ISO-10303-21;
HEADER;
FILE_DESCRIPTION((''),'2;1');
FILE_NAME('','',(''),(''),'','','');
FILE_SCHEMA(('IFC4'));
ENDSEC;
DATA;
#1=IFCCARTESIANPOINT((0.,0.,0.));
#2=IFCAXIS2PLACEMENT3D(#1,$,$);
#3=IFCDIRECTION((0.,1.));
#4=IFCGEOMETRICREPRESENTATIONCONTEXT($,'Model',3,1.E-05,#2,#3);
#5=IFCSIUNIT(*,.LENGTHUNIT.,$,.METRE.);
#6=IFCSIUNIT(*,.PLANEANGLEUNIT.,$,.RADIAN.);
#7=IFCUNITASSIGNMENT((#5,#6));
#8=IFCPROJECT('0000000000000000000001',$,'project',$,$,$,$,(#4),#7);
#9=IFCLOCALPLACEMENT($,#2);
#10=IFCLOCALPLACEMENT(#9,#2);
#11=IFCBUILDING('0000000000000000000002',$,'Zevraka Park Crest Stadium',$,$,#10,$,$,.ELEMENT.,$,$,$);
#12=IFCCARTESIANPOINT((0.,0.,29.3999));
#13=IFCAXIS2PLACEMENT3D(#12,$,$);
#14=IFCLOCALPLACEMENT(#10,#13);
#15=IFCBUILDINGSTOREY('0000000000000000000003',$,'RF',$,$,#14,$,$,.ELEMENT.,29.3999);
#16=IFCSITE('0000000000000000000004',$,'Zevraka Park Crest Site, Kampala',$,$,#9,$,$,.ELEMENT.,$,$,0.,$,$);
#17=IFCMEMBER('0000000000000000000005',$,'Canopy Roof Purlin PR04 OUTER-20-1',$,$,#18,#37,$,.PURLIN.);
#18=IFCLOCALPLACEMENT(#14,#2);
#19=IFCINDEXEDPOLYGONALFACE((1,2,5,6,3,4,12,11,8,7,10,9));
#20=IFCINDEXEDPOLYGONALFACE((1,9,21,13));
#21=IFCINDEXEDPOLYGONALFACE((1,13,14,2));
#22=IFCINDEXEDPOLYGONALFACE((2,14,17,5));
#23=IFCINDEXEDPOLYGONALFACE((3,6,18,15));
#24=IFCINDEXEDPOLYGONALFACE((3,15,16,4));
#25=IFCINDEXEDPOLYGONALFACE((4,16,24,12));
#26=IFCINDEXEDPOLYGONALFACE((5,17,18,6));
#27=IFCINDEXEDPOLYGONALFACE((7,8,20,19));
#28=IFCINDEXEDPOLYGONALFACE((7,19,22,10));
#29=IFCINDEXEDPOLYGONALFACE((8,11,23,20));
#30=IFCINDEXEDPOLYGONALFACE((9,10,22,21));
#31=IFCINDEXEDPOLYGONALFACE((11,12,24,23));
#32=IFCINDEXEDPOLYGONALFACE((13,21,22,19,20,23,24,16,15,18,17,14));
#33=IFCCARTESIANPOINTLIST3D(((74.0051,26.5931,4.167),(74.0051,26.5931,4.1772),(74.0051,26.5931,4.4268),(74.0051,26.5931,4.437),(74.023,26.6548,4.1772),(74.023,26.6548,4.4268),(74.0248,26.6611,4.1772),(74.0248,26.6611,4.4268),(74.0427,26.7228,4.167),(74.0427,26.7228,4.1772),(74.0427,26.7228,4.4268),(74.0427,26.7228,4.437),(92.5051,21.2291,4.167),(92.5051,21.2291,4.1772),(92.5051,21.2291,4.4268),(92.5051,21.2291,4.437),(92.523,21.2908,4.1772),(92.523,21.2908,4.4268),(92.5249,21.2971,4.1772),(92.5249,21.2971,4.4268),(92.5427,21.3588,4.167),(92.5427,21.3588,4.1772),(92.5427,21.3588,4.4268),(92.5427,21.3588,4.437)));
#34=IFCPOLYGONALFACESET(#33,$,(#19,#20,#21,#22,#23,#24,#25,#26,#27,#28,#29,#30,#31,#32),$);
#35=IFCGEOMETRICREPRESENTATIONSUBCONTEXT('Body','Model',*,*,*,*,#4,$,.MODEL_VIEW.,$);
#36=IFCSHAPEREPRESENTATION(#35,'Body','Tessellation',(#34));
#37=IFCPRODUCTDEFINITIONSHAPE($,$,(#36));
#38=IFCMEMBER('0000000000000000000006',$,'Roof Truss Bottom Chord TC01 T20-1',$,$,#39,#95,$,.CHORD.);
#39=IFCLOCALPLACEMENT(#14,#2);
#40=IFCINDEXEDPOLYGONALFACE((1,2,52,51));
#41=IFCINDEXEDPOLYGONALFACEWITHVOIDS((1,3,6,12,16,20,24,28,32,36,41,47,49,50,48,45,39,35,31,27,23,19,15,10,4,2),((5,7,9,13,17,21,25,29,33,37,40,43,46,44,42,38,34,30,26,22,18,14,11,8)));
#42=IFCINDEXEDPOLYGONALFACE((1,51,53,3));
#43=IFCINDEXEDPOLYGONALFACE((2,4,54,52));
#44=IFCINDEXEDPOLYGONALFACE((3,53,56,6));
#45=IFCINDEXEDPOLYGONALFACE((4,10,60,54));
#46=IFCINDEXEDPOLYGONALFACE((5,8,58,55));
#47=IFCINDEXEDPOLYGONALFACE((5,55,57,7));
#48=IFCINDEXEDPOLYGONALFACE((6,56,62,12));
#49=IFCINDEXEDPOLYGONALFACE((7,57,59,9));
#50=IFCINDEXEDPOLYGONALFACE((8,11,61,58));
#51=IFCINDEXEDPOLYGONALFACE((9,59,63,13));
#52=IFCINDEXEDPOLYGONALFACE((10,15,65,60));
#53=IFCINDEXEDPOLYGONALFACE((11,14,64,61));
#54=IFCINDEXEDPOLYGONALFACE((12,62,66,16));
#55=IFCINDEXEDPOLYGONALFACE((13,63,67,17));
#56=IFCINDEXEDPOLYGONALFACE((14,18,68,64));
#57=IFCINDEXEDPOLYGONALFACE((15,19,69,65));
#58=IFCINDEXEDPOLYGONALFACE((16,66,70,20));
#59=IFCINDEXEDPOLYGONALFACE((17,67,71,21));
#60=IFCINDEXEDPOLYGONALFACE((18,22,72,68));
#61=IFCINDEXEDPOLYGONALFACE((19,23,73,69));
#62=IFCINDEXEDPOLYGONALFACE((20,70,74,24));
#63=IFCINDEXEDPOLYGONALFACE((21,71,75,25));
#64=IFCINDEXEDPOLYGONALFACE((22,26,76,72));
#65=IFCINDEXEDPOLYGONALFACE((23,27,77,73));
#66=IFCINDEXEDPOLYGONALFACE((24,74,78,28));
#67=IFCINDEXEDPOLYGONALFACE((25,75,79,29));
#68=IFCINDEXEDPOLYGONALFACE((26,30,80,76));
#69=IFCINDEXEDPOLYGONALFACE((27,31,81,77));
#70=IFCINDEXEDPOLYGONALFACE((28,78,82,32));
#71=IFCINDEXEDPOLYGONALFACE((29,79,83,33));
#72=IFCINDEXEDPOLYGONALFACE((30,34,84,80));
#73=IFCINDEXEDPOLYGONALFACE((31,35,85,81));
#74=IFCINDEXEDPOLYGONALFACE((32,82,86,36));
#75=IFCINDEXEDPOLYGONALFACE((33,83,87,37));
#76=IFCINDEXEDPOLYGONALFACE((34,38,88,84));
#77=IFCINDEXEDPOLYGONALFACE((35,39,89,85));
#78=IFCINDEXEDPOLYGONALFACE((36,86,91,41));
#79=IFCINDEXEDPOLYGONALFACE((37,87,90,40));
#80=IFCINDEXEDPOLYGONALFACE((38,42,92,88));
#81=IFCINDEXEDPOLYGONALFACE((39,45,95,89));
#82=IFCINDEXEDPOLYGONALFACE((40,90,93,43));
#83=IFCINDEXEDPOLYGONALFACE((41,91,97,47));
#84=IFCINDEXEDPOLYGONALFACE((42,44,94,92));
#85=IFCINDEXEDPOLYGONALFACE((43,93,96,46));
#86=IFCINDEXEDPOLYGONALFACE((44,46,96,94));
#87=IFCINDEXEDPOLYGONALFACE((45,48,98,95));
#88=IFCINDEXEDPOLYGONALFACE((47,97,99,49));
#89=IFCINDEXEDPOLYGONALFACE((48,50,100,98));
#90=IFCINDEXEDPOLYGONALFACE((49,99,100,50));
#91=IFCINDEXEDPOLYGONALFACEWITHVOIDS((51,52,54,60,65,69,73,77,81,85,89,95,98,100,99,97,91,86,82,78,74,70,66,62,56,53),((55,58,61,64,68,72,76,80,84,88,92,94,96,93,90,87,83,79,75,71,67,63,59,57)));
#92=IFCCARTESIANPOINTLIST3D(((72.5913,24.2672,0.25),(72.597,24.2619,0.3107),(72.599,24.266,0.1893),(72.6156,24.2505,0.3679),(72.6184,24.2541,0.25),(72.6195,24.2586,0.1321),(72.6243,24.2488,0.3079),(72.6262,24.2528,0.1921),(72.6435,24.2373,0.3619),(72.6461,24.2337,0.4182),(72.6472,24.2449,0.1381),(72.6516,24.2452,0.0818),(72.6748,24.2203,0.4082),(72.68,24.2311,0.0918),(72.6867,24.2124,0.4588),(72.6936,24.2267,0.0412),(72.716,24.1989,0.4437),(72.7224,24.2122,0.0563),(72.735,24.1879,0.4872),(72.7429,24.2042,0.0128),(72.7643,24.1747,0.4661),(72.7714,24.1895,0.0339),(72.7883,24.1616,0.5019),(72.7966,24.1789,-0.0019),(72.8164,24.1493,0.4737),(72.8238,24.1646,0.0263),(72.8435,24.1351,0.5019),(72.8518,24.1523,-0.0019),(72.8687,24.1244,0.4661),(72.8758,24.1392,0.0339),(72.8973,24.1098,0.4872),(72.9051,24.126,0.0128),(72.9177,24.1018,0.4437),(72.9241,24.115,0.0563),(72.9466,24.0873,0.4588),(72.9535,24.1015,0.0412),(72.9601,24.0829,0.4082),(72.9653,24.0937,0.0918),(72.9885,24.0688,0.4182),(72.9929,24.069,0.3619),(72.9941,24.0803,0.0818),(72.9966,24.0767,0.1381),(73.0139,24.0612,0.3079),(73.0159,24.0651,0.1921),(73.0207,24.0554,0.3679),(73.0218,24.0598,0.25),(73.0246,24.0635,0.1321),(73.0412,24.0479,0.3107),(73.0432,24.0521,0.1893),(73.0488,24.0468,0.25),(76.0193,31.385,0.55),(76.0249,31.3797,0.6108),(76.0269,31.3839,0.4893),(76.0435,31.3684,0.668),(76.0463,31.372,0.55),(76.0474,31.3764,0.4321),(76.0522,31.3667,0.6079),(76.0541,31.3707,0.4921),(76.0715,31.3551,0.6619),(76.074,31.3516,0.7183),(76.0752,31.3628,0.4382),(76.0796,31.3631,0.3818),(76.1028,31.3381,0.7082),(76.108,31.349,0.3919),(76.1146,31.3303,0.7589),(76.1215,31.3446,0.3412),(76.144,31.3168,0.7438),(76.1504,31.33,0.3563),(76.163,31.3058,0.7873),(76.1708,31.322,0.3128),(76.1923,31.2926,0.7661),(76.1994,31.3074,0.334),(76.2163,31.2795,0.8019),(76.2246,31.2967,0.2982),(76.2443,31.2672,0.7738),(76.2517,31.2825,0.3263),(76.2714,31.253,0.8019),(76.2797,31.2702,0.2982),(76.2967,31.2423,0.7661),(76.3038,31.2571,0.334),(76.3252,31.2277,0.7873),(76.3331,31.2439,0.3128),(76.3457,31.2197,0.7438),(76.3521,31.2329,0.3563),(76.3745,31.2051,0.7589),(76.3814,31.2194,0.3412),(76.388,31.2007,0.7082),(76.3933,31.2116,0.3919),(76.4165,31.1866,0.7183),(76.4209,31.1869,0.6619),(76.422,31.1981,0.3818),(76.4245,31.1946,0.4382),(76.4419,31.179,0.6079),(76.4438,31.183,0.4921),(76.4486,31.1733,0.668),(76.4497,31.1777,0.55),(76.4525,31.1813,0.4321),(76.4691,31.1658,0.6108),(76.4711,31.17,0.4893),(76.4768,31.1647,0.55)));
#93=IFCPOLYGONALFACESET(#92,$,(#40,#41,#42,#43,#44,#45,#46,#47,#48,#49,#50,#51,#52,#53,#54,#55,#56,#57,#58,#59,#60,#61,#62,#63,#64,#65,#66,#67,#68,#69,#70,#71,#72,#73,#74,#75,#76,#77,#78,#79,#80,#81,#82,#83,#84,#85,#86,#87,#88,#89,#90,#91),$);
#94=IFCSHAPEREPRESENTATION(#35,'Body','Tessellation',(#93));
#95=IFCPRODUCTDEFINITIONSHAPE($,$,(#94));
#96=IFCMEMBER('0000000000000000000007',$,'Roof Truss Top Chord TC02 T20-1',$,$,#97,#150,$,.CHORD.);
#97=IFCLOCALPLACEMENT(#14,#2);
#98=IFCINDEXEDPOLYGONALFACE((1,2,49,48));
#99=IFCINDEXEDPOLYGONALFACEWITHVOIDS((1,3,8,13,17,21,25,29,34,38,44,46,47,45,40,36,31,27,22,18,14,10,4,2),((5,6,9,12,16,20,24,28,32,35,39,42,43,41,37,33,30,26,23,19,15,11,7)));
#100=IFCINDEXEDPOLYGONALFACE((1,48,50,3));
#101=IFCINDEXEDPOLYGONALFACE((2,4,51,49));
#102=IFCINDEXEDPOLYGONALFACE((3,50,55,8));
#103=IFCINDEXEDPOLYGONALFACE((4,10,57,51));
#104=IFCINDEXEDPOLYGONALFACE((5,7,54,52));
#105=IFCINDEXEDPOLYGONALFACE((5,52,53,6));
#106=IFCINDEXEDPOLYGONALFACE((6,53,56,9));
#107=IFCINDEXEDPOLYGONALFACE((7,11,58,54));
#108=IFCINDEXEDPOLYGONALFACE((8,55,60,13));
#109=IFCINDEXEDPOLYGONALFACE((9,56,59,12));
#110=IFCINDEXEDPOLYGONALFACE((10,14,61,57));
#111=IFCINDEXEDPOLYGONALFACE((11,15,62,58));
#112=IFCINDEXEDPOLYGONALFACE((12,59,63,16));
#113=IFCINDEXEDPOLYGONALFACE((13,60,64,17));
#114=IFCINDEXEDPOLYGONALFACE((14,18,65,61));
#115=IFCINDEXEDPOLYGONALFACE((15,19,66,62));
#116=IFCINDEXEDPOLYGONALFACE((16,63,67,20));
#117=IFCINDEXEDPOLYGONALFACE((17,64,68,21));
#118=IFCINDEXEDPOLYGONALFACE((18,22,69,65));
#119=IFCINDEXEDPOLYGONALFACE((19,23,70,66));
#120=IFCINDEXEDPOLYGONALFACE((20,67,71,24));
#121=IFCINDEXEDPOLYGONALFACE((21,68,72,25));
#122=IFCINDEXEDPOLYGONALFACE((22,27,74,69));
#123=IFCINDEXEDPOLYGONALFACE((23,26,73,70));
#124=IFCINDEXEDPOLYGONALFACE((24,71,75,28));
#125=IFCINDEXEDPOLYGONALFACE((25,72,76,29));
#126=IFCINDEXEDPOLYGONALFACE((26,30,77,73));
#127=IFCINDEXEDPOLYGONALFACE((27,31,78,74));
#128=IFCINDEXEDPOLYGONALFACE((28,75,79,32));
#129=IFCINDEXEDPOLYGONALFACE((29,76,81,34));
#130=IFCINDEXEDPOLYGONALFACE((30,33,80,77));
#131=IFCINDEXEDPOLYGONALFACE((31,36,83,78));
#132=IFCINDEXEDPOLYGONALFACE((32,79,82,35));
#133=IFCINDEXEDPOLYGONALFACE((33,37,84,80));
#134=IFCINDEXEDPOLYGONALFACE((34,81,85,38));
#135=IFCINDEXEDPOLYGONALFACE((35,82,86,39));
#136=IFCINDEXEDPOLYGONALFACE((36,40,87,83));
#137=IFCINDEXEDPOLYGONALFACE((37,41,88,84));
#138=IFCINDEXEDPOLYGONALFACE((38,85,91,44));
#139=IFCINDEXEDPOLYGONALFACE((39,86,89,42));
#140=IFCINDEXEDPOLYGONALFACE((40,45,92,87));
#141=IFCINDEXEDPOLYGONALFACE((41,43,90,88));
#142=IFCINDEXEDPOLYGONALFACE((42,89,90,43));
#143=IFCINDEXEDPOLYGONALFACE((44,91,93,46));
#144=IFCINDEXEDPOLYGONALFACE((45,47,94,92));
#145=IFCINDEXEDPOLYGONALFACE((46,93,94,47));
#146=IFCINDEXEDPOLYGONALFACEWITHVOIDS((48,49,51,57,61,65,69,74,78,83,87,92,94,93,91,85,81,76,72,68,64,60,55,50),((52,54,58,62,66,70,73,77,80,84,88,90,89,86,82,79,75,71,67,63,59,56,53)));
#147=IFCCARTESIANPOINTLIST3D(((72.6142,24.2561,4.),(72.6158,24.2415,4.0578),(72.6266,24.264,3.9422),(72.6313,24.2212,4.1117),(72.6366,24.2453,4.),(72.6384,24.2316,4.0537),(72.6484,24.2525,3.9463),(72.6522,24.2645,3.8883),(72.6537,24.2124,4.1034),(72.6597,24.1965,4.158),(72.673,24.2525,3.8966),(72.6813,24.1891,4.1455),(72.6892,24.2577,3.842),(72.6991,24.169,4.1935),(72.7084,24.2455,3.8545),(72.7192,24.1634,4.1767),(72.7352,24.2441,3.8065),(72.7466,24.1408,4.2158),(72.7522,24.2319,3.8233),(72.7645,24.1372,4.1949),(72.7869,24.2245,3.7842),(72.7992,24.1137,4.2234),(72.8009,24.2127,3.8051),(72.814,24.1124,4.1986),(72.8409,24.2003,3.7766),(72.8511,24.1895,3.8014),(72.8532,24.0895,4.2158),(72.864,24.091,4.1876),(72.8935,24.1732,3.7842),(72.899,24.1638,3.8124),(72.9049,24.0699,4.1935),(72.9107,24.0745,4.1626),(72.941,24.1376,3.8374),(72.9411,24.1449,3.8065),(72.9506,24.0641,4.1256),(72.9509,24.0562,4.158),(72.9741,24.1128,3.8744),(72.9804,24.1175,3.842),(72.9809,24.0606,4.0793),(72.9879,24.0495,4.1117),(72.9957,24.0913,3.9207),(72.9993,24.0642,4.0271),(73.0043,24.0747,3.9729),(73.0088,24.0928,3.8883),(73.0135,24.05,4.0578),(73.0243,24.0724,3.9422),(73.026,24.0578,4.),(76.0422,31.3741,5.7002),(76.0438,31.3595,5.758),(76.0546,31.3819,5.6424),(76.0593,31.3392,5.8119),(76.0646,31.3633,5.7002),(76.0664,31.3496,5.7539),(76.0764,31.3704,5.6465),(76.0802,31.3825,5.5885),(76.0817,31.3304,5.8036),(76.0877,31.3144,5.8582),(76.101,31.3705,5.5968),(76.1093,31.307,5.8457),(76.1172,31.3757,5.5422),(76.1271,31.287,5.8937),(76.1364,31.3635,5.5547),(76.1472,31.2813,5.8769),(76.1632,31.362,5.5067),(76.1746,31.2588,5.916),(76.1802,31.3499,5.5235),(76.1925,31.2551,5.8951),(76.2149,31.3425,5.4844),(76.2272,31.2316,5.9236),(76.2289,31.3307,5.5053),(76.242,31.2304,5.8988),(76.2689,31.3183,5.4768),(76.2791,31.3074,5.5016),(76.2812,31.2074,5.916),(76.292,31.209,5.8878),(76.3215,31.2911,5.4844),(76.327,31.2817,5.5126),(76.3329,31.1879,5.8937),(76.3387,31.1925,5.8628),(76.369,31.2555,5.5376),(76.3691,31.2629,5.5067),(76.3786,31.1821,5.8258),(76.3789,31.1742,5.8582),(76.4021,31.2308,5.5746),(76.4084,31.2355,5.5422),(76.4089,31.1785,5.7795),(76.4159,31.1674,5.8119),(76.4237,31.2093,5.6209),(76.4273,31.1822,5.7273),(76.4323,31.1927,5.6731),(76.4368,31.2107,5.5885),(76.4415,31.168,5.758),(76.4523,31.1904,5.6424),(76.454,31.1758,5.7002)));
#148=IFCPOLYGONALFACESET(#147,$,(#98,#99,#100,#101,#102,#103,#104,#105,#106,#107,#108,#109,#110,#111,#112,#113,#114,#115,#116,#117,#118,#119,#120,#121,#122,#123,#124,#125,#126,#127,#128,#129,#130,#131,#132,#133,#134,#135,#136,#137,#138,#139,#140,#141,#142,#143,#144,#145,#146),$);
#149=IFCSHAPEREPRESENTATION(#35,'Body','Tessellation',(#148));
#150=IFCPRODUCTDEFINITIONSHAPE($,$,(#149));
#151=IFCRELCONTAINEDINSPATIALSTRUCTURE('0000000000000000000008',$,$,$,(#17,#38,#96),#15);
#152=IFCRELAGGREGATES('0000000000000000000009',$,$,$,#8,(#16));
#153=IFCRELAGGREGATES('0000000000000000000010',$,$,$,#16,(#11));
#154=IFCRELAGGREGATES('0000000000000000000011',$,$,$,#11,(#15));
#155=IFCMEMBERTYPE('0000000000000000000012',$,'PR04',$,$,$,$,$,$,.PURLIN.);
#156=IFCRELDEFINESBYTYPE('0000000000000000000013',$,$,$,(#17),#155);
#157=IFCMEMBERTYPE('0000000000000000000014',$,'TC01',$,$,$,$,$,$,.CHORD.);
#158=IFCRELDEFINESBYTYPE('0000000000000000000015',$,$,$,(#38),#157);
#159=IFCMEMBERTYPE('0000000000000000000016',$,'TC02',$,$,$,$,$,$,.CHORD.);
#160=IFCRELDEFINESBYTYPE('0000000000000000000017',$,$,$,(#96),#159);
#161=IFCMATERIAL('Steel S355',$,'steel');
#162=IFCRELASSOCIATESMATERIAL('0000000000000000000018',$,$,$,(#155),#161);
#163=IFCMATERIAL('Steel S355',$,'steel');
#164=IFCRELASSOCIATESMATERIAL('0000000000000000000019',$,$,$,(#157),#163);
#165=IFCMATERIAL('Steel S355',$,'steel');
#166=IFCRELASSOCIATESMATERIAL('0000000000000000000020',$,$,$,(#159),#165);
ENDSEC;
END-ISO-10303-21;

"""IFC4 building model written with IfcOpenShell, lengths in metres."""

from ifc_helpers import new_model, si_unit, direction, frame, origin, origin_2d, place, context, subcontext, project, spatial, hollow_circle, i_section, extrude, material, material_profile, profile_set, type_object, element, save


model = new_model("IFC4")

# Units and contexts
model_context = context("Model", 3, precision=1e-05, world=origin(), true_north=direction((0.0, 1.0)))
body_context = subcontext(model_context, "Body", "Model", "MODEL_VIEW")
ifc_project = project(units=[si_unit("LENGTHUNIT", "METRE"), si_unit("PLANEANGLEUNIT", "RADIAN")], contexts=[model_context])

# Site, building, storey
site_placement = place(None, origin())
site = spatial("IfcSite", under=ifc_project, at=site_placement, Name="Zevraka Park Crest Site, Kampala", CompositionType="ELEMENT", RefElevation=0.0)
building_placement = place(site_placement, origin())
building = spatial("IfcBuilding", under=site, at=building_placement, Name="Zevraka Park Crest Stadium", CompositionType="ELEMENT")
storey_placement = place(building_placement, frame((0.0, 0.0, 29.3999)))
storey = spatial("IfcBuildingStorey", under=building, at=storey_placement, Name="RF", CompositionType="ELEMENT", Elevation=29.3999)

# Members
ifc_material_1 = material(Name="Steel S355", Category="steel")
ifc_material_profile_1 = material_profile(ifc_material_1, i_section(OverallWidth=0.135, OverallDepth=0.27, WebThickness=0.0066, FlangeThickness=0.0103, at=origin_2d()), Name="IPE 270")
ifc_profile_set_1 = profile_set([ifc_material_profile_1], Name="Steel S355")
member_type_1 = type_object("IfcMemberType", Name="PR04", PredefinedType="PURLIN", material=ifc_profile_set_1)
member_1_placement = place(storey_placement, frame((74.0239, 26.658, 4.302), z_axis=(0.960443, -0.278477, 0.0), x_axis=(0.278477, 0.960443, 0.0)))
element("IfcMember", 1, at=member_1_placement, inside=storey, type_object=member_type_1, Name="Canopy Roof Purlin PR04 OUTER-20-1", PredefinedType="PURLIN", context=body_context, shape_type="SweptSolid", body=[
    extrude(i_section(OverallWidth=0.135, OverallDepth=0.27, WebThickness=0.0066, FlangeThickness=0.0103, at=origin_2d()), origin(), (0.0, 0.0, 1.0), 19.262),
])
ifc_material_2 = material(Name="Steel S355", Category="steel")
ifc_material_profile_2 = material_profile(ifc_material_2, hollow_circle(Radius=0.2539, WallThickness=0.03, at=origin_2d()), Name="CHS 508.0x30")
ifc_profile_set_2 = profile_set([ifc_material_profile_2], Name="Steel S355")
member_type_2 = type_object("IfcMemberType", Name="TC01", PredefinedType="CHORD", material=ifc_profile_set_2)
member_2_placement = place(storey_placement, frame((72.8201, 24.157, 0.25), z_axis=(0.433589, 0.900311, 0.037952), x_axis=(-0.900961, 0.433901, 0.0)))
element("IfcMember", 2, at=member_2_placement, inside=storey, type_object=member_type_2, Name="Roof Truss Bottom Chord TC01 T20-1", PredefinedType="CHORD", context=body_context, shape_type="SweptSolid", body=[
    extrude(hollow_circle(Radius=0.2539, WallThickness=0.03, at=origin_2d()), origin(), (0.0, 0.0, 1.0), 7.906),
])
ifc_material_3 = material(Name="Steel S355", Category="steel")
ifc_material_profile_3 = material_profile(ifc_material_3, hollow_circle(Radius=0.2285, WallThickness=0.0249, at=origin_2d()), Name="CHS 457.0x25")
ifc_profile_set_3 = profile_set([ifc_material_profile_3], Name="Steel S355")
member_type_3 = type_object("IfcMemberType", Name="TC02", PredefinedType="CHORD", material=ifc_profile_set_3)
member_3_placement = place(storey_placement, frame((72.8201, 24.157, 4.0), z_axis=(0.42419, 0.880795, 0.210388), x_axis=(-0.900961, 0.433901, 0.0)))
element("IfcMember", 3, at=member_3_placement, inside=storey, type_object=member_type_3, Name="Roof Truss Top Chord TC02 T20-1", PredefinedType="CHORD", context=body_context, shape_type="SweptSolid", body=[
    extrude(hollow_circle(Radius=0.2285, WallThickness=0.0249, at=origin_2d()), origin(), (0.0, 0.0, 1.0), 8.0813),
])

save(model, "model.ifc")
